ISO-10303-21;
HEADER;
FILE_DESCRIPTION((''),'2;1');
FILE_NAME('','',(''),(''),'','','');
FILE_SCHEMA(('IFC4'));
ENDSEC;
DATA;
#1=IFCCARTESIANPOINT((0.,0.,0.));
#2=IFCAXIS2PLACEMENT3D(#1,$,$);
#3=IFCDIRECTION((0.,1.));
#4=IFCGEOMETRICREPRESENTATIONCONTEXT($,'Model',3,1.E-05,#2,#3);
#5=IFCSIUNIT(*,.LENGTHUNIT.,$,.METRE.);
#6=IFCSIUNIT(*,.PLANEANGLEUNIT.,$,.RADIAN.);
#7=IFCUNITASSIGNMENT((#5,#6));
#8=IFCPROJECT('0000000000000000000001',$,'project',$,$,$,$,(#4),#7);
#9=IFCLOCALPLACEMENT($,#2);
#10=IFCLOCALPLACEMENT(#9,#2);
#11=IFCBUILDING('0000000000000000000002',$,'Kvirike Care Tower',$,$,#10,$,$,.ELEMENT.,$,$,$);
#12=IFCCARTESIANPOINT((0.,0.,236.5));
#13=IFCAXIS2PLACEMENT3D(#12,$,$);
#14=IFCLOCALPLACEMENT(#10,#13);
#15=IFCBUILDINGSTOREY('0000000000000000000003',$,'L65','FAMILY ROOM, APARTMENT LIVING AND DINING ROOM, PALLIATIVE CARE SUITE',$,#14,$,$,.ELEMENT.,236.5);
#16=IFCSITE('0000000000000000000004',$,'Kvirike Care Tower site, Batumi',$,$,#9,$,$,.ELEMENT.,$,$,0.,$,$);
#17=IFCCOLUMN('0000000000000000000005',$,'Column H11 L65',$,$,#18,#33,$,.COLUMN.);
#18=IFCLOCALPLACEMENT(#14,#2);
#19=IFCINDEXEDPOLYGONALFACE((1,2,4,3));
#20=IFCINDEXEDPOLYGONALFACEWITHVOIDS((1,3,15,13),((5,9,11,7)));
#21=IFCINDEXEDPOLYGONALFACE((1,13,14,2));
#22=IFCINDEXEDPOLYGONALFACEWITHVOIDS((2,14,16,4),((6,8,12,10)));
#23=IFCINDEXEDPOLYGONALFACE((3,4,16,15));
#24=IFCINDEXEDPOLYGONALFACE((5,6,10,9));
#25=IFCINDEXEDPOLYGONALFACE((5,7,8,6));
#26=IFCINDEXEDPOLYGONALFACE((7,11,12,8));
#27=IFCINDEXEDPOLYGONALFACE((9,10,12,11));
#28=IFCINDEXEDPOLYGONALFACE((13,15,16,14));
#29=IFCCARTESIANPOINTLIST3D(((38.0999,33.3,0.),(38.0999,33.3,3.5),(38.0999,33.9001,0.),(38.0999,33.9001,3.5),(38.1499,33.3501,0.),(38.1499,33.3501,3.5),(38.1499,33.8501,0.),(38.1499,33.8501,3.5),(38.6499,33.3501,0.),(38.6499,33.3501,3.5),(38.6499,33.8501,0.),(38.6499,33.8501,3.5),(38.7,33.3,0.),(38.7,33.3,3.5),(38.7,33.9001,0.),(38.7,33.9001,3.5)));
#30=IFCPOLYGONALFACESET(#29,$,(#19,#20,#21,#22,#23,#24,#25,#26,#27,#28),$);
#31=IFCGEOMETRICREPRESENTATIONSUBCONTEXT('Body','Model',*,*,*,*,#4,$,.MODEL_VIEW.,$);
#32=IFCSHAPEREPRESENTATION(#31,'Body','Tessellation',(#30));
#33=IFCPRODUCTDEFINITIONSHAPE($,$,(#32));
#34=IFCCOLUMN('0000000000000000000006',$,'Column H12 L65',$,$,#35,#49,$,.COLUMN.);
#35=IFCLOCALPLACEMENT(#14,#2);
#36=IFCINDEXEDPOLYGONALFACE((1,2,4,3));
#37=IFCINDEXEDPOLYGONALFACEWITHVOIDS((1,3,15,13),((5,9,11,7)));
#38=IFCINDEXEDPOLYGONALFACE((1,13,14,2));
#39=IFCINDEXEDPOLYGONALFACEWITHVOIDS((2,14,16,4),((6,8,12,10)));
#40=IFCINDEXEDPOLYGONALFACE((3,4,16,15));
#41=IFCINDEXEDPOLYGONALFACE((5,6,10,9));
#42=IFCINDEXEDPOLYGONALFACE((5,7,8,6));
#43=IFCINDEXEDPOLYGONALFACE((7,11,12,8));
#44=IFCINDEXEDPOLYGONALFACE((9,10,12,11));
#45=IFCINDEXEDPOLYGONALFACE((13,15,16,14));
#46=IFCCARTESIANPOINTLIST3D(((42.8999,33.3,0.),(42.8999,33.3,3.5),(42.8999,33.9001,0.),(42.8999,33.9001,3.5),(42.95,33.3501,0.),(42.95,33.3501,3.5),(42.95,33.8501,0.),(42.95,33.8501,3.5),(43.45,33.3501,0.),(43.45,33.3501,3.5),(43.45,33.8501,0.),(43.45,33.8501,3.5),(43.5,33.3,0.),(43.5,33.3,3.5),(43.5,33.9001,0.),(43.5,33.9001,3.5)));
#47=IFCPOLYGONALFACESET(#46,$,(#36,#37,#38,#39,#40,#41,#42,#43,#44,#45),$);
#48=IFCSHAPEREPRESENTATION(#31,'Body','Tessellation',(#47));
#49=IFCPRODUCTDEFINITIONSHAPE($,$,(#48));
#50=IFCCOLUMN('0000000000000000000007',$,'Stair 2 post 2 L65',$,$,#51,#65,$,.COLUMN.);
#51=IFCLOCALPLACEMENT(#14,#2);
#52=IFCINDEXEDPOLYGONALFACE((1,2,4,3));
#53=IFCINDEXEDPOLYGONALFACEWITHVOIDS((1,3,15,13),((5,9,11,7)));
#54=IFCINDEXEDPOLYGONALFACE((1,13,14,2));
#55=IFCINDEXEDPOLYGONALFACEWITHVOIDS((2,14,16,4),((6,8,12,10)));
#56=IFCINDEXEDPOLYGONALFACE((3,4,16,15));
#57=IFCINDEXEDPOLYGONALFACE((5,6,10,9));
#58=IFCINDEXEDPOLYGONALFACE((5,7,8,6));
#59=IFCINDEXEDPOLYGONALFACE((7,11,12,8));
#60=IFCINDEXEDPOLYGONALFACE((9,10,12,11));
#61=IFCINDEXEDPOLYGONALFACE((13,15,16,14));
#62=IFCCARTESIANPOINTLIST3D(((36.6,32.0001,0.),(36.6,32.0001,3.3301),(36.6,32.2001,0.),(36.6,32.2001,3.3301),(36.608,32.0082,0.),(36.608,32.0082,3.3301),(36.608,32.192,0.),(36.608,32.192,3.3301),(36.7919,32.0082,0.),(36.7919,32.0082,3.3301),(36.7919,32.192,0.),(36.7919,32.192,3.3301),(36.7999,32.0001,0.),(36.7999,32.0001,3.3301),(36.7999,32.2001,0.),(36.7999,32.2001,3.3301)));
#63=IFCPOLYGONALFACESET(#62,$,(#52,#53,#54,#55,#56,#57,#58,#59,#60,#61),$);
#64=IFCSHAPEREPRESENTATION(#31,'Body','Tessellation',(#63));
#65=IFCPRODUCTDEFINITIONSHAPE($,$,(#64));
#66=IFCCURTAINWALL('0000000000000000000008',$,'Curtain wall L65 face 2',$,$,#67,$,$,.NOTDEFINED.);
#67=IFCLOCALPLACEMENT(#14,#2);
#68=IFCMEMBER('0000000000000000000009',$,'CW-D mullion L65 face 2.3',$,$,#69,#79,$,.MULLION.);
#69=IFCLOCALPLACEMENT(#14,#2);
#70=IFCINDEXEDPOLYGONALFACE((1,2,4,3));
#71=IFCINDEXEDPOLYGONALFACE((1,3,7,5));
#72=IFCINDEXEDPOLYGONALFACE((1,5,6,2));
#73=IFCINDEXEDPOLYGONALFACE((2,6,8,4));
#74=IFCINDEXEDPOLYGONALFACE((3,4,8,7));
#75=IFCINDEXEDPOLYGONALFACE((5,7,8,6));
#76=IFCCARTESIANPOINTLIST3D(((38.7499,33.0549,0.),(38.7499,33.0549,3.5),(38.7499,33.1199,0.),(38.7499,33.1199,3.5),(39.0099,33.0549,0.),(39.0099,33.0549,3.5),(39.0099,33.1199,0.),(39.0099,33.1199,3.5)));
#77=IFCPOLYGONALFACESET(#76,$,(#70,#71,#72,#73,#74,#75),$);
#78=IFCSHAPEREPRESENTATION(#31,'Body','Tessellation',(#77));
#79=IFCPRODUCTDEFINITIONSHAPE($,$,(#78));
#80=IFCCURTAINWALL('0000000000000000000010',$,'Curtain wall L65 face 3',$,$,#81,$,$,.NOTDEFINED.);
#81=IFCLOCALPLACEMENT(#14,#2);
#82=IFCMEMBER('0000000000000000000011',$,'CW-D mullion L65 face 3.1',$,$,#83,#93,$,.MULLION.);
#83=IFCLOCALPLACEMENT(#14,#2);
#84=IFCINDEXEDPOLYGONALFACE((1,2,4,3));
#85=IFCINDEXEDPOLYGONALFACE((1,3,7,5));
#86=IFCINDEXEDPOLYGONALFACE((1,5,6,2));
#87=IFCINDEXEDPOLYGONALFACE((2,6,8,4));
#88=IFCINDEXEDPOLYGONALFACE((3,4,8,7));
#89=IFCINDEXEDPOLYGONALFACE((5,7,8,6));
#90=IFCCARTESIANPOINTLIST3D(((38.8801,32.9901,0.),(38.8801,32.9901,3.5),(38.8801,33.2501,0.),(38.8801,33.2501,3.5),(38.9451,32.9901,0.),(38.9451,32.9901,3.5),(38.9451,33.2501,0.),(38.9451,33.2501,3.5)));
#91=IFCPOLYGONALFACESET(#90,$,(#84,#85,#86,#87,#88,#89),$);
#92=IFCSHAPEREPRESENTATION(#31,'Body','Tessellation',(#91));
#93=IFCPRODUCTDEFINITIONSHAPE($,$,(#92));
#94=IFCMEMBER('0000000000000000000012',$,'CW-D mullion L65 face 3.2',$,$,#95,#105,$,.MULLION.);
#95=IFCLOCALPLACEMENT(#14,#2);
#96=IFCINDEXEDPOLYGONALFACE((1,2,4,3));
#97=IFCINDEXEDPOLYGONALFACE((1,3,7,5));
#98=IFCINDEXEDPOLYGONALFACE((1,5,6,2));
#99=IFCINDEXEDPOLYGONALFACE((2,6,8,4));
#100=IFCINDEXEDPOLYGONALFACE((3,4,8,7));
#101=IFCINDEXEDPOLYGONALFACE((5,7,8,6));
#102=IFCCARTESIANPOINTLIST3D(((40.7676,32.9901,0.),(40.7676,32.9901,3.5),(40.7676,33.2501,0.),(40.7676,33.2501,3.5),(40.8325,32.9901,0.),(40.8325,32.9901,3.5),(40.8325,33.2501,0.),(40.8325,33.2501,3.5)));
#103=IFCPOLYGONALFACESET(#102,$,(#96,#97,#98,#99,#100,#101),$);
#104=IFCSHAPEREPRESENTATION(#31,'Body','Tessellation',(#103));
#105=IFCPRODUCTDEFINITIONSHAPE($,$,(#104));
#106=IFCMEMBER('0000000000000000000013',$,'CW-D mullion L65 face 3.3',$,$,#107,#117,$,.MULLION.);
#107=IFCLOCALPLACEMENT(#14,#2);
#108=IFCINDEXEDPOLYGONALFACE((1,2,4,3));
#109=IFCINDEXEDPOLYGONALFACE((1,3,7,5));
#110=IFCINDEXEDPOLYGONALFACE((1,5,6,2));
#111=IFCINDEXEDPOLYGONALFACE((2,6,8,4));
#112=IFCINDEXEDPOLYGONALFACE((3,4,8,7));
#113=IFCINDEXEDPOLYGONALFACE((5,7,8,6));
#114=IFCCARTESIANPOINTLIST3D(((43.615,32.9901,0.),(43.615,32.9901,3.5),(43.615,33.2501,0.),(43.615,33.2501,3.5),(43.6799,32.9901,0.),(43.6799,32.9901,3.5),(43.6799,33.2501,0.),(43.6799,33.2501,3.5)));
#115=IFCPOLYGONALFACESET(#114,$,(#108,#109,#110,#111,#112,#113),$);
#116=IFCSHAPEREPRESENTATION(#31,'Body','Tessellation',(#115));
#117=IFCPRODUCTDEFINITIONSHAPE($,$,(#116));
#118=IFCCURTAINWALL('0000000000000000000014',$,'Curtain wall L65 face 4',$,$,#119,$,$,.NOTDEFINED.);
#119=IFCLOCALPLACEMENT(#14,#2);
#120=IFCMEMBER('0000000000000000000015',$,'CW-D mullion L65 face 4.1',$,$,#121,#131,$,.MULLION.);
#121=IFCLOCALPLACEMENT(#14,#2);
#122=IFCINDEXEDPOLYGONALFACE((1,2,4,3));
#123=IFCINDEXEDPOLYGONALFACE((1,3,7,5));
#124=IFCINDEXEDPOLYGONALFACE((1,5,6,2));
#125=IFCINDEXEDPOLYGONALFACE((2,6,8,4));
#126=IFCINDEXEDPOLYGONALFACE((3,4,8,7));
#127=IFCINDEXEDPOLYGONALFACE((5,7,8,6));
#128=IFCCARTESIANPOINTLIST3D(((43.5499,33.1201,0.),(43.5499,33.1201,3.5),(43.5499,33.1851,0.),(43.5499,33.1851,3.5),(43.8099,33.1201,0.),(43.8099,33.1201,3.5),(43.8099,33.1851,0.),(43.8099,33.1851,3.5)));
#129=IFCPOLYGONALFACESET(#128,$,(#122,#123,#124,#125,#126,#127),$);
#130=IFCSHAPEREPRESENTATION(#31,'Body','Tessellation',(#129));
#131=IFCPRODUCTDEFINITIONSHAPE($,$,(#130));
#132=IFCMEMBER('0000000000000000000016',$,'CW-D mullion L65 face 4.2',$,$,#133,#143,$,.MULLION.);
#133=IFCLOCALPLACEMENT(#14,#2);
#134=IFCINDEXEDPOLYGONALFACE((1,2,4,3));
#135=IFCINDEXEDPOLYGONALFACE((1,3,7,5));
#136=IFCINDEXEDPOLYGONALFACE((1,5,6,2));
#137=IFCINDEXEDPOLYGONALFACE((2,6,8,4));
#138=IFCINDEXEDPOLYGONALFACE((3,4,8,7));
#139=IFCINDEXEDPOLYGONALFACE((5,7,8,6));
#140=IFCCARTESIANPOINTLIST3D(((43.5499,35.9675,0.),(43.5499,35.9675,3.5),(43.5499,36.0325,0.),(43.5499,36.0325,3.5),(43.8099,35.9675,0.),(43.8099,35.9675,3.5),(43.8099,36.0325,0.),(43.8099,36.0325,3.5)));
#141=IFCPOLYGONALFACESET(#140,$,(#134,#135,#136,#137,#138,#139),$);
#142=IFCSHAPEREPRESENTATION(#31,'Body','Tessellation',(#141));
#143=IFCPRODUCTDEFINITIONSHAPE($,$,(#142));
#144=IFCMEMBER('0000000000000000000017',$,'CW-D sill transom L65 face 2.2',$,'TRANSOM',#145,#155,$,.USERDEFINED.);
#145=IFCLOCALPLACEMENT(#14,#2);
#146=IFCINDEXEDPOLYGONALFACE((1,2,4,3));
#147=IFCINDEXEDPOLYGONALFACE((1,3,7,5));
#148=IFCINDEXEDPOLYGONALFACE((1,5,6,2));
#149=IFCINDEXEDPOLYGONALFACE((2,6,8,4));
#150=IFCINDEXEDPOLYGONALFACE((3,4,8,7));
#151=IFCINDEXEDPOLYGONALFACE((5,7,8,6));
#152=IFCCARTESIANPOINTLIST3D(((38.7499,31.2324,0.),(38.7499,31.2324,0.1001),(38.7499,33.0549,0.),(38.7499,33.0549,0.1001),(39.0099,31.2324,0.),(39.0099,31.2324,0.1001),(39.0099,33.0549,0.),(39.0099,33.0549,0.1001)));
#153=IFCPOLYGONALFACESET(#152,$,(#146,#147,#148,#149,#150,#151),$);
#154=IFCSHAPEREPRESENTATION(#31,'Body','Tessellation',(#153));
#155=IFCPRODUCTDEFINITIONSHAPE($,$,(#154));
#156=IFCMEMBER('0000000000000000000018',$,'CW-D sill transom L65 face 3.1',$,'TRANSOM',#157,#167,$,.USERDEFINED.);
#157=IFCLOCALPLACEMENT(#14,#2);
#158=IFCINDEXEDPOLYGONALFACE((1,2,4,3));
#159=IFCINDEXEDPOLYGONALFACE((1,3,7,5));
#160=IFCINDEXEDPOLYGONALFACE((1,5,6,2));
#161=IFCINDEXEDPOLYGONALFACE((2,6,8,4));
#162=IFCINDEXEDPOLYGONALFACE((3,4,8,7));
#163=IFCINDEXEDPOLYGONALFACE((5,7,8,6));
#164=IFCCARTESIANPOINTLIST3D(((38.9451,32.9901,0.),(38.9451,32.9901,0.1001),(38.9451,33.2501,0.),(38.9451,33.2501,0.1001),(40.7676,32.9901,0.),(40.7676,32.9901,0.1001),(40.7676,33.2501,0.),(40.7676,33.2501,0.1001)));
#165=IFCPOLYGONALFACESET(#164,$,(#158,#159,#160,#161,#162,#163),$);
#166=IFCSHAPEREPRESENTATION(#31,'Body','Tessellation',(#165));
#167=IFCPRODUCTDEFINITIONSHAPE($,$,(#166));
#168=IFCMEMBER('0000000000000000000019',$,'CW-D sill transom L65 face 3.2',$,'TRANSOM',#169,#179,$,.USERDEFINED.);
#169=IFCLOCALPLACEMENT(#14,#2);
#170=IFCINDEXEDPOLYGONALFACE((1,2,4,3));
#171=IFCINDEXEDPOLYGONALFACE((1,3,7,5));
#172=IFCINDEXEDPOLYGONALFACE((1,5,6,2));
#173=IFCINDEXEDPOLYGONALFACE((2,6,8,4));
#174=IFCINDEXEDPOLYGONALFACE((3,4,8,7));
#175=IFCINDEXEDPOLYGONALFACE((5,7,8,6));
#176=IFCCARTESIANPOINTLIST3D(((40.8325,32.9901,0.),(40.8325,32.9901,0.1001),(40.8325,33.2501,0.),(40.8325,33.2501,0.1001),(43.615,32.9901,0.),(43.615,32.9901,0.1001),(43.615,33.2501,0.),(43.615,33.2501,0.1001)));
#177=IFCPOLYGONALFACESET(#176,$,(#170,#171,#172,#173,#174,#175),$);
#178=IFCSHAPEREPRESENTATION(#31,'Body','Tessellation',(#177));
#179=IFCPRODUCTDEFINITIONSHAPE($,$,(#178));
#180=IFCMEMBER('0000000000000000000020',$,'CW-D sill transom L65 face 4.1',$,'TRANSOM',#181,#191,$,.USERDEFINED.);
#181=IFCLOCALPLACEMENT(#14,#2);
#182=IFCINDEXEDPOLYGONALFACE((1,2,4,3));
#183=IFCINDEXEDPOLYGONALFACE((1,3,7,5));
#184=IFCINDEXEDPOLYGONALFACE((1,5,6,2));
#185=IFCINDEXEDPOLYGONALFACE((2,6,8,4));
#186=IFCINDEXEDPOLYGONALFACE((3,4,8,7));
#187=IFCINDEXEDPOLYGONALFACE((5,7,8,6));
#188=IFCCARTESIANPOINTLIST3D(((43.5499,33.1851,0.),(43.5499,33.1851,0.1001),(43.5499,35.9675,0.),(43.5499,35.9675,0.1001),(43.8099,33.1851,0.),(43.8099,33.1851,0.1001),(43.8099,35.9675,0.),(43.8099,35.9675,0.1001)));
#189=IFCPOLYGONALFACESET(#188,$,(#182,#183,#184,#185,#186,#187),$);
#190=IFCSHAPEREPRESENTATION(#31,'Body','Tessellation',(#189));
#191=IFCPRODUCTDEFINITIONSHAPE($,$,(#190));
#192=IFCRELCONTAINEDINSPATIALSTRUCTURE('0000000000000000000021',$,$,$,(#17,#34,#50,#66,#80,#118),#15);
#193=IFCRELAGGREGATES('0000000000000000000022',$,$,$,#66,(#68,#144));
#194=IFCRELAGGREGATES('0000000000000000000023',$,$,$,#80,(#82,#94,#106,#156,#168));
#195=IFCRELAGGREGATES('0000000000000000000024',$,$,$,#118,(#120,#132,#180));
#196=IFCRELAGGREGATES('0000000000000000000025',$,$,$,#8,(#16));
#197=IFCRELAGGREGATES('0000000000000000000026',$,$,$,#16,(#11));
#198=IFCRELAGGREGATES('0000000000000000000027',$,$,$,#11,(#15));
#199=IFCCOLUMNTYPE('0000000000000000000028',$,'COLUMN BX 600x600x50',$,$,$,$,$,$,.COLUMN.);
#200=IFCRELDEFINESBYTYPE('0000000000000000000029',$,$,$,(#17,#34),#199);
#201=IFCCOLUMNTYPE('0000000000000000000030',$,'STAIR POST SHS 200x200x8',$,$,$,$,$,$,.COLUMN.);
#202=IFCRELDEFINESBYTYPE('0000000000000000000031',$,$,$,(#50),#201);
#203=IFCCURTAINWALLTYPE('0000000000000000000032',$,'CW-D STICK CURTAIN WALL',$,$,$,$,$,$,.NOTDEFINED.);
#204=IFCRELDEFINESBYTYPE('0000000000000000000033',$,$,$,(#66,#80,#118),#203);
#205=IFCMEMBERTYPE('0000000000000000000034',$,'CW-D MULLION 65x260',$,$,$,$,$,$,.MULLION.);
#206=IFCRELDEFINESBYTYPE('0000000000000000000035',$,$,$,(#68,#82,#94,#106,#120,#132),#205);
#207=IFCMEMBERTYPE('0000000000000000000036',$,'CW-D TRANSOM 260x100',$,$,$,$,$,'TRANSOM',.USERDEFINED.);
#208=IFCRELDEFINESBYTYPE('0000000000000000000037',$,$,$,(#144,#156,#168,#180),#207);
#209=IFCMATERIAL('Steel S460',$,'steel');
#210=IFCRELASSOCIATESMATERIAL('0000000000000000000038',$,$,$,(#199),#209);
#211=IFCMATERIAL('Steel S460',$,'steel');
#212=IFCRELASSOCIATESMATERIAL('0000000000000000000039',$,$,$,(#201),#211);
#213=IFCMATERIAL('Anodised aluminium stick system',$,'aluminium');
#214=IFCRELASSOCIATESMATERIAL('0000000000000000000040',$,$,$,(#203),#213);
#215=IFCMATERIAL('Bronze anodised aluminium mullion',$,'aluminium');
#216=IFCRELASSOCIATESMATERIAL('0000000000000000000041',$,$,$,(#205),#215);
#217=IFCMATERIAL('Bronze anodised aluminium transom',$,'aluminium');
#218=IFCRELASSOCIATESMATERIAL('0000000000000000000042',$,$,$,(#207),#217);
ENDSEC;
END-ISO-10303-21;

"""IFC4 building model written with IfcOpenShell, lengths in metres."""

from ifc_helpers import new_model, si_unit, direction, frame, origin, origin_2d, place, context, subcontext, project, spatial, rectangle, hollow_rectangle, extrude, material, material_profile, profile_set, type_object, element, aggregate, save


model = new_model("IFC4")

# Units and contexts
model_context = context("Model", 3, precision=1e-05, world=origin(), true_north=direction((0.0, 1.0)))
body_context = subcontext(model_context, "Body", "Model", "MODEL_VIEW")
ifc_project = project(units=[si_unit("LENGTHUNIT", "METRE"), si_unit("PLANEANGLEUNIT", "RADIAN")], contexts=[model_context])

# Site, building, storey
site_placement = place(None, origin())
site = spatial("IfcSite", under=ifc_project, at=site_placement, Name="Kvirike Care Tower site, Batumi", CompositionType="ELEMENT", RefElevation=0.0)
building_placement = place(site_placement, origin())
building = spatial("IfcBuilding", under=site, at=building_placement, Name="Kvirike Care Tower", CompositionType="ELEMENT")
storey_placement = place(building_placement, frame((0.0, 0.0, 236.5)))
storey = spatial("IfcBuildingStorey", under=building, at=storey_placement, Name="L65", Description="FAMILY ROOM, APARTMENT LIVING AND DINING ROOM, PALLIATIVE CARE SUITE", CompositionType="ELEMENT", Elevation=236.5)

# Columns
ifc_material_1 = material(Name="Steel S460", Category="steel")
ifc_material_profile_1 = material_profile(ifc_material_1, hollow_rectangle(XDim=0.6001, YDim=0.6001, WallThickness=0.05, at=origin_2d()), Name="BX 600x600x50")
ifc_profile_set_1 = profile_set([ifc_material_profile_1], Name="Steel S460")
column_type_1 = type_object("IfcColumnType", Name="COLUMN BX 600x600x50", PredefinedType="COLUMN", material=ifc_profile_set_1)
for number, where, z_axis, x_axis, name in (
    (1, (38.3999, 33.6001, 0.0), (0.0, 0.0, 1.0), (0.0, 1.0, 0.0), "Column H11 L65"),
    (2, (43.2, 33.6001, 0.0), (0.0, 0.0, 1.0), (0.0, 1.0, 0.0), "Column H12 L65"),
):
    element("IfcColumn", number, at=place(storey_placement, frame(where, z_axis=z_axis, x_axis=x_axis)), inside=storey, type_object=column_type_1, Name=name, PredefinedType="COLUMN", context=body_context, shape_type="SweptSolid", body=[
        extrude(hollow_rectangle(XDim=0.6001, YDim=0.6001, WallThickness=0.05, at=origin_2d()), origin(), (0.0, 0.0, 1.0), 3.5),
    ])
ifc_material_2 = material(Name="Steel S460", Category="steel")
ifc_material_profile_2 = material_profile(ifc_material_2, hollow_rectangle(XDim=0.2, YDim=0.2, WallThickness=0.0081, at=origin_2d()), Name="SHS 200x200x8")
ifc_profile_set_2 = profile_set([ifc_material_profile_2], Name="Steel S460")
column_type_2 = type_object("IfcColumnType", Name="STAIR POST SHS 200x200x8", PredefinedType="COLUMN", material=ifc_profile_set_2)
column_placement = place(storey_placement, frame((36.7, 32.1001, 0.0), z_axis=(0.0, 0.0, 1.0), x_axis=(1.0, 0.0, 0.0)))
element("IfcColumn", 3, at=column_placement, inside=storey, type_object=column_type_2, Name="Stair 2 post 2 L65", PredefinedType="COLUMN", context=body_context, shape_type="SweptSolid", body=[
    extrude(hollow_rectangle(XDim=0.2, YDim=0.2, WallThickness=0.0081, at=origin_2d()), origin(), (0.0, 0.0, 1.0), 3.3301),
])

# Curtain wall, member
ifc_material_3 = material(Name="Anodised aluminium stick system", Category="aluminium")
curtain_wall_type = type_object("IfcCurtainWallType", Name="CW-D STICK CURTAIN WALL", PredefinedType="NOTDEFINED", material=ifc_material_3)
curtain_wall_1_placement = place(storey_placement, origin())
curtain_wall_1 = element("IfcCurtainWall", 4, at=curtain_wall_1_placement, inside=storey, type_object=curtain_wall_type, Name="Curtain wall L65 face 2", PredefinedType="NOTDEFINED")
ifc_material_4 = material(Name="Bronze anodised aluminium mullion", Category="aluminium")
ifc_material_profile_3 = material_profile(ifc_material_4, rectangle(XDim=0.0649, YDim=0.26, at=origin_2d()), Name="CW-D MULLION 65x260")
ifc_profile_set_3 = profile_set([ifc_material_profile_3], Name="Bronze anodised aluminium mullion")
member_type_1 = type_object("IfcMemberType", Name="CW-D MULLION 65x260", PredefinedType="MULLION", material=ifc_profile_set_3)
member_1_placement = place(storey_placement, frame((38.8799, 33.0874, 0.0), z_axis=(0.0, 0.0, 1.0), x_axis=(0.0, 1.0, 0.0)))
member_1 = element("IfcMember", 5, at=member_1_placement, type_object=member_type_1, Name="CW-D mullion L65 face 2.3", PredefinedType="MULLION", context=body_context, shape_type="SweptSolid", body=[
    extrude(rectangle(XDim=0.0649, YDim=0.26, at=origin_2d()), origin(), (0.0, 0.0, 1.0), 3.5),
])

# Curtain walls, members
curtain_wall_2_placement = place(storey_placement, origin())
curtain_wall_2 = element("IfcCurtainWall", 6, at=curtain_wall_2_placement, inside=storey, type_object=curtain_wall_type, Name="Curtain wall L65 face 3", PredefinedType="NOTDEFINED")
member_2_placement = place(storey_placement, frame((38.9126, 33.1201, 0.0), z_axis=(0.0, 0.0, 1.0), x_axis=(1.0, 0.0, 0.0)))
member_2 = element("IfcMember", 7, at=member_2_placement, type_object=member_type_1, Name="CW-D mullion L65 face 3.1", PredefinedType="MULLION", context=body_context, shape_type="SweptSolid", body=[
    extrude(rectangle(XDim=0.0649, YDim=0.26, at=origin_2d()), origin(), (0.0, 0.0, 1.0), 3.5),
])
member_3_placement = place(storey_placement, frame((40.8, 33.1201, 0.0), z_axis=(0.0, 0.0, 1.0), x_axis=(1.0, 0.0, 0.0)))
member_3 = element("IfcMember", 8, at=member_3_placement, type_object=member_type_1, Name="CW-D mullion L65 face 3.2", PredefinedType="MULLION", context=body_context, shape_type="SweptSolid", body=[
    extrude(rectangle(XDim=0.0649, YDim=0.26, at=origin_2d()), origin(), (0.0, 0.0, 1.0), 3.5),
])
member_4_placement = place(storey_placement, frame((43.6475, 33.1201, 0.0), z_axis=(0.0, 0.0, 1.0), x_axis=(1.0, 0.0, 0.0)))
member_4 = element("IfcMember", 9, at=member_4_placement, type_object=member_type_1, Name="CW-D mullion L65 face 3.3", PredefinedType="MULLION", context=body_context, shape_type="SweptSolid", body=[
    extrude(rectangle(XDim=0.0649, YDim=0.26, at=origin_2d()), origin(), (0.0, 0.0, 1.0), 3.5),
])
curtain_wall_3_placement = place(storey_placement, origin())
curtain_wall_3 = element("IfcCurtainWall", 10, at=curtain_wall_3_placement, inside=storey, type_object=curtain_wall_type, Name="Curtain wall L65 face 4", PredefinedType="NOTDEFINED")
member_5_placement = place(storey_placement, frame((43.6799, 33.1526, 0.0), z_axis=(0.0, 0.0, 1.0), x_axis=(0.0, 1.0, 0.0)))
member_5 = element("IfcMember", 11, at=member_5_placement, type_object=member_type_1, Name="CW-D mullion L65 face 4.1", PredefinedType="MULLION", context=body_context, shape_type="SweptSolid", body=[
    extrude(rectangle(XDim=0.0649, YDim=0.26, at=origin_2d()), origin(), (0.0, 0.0, 1.0), 3.5),
])
member_6_placement = place(storey_placement, frame((43.6799, 36.0, 0.0), z_axis=(0.0, 0.0, 1.0), x_axis=(0.0, 1.0, 0.0)))
member_6 = element("IfcMember", 12, at=member_6_placement, type_object=member_type_1, Name="CW-D mullion L65 face 4.2", PredefinedType="MULLION", context=body_context, shape_type="SweptSolid", body=[
    extrude(rectangle(XDim=0.0649, YDim=0.26, at=origin_2d()), origin(), (0.0, 0.0, 1.0), 3.5),
])

# Members
ifc_material_5 = material(Name="Bronze anodised aluminium transom", Category="aluminium")
ifc_material_profile_4 = material_profile(ifc_material_5, rectangle(XDim=0.26, YDim=0.1001, at=origin_2d()), Name="CW-D TRANSOM 260x100")
ifc_profile_set_4 = profile_set([ifc_material_profile_4], Name="Bronze anodised aluminium transom")
member_type_2 = type_object("IfcMemberType", Name="CW-D TRANSOM 260x100", ElementType="TRANSOM", PredefinedType="USERDEFINED", material=ifc_profile_set_4)
member_7_placement = place(storey_placement, frame((38.8799, 31.2324, 0.05), z_axis=(0.0, 1.0, 0.0), x_axis=(-1.0, 0.0, 0.0)))
member_7 = element("IfcMember", 13, at=member_7_placement, type_object=member_type_2, Name="CW-D sill transom L65 face 2.2", ObjectType="TRANSOM", PredefinedType="USERDEFINED", context=body_context, shape_type="SweptSolid", body=[
    extrude(rectangle(XDim=0.26, YDim=0.1001, at=origin_2d()), origin(), (0.0, 0.0, 1.0), 1.8225),
])
member_8_placement = place(storey_placement, frame((38.9451, 33.1201, 0.05), z_axis=(1.0, 0.0, 0.0), x_axis=(0.0, 1.0, 0.0)))
member_8 = element("IfcMember", 14, at=member_8_placement, type_object=member_type_2, Name="CW-D sill transom L65 face 3.1", ObjectType="TRANSOM", PredefinedType="USERDEFINED", context=body_context, shape_type="SweptSolid", body=[
    extrude(rectangle(XDim=0.26, YDim=0.1001, at=origin_2d()), origin(), (0.0, 0.0, 1.0), 1.8225),
])
member_9_placement = place(storey_placement, frame((40.8325, 33.1201, 0.05), z_axis=(1.0, 0.0, 0.0), x_axis=(0.0, 1.0, 0.0)))
member_9 = element("IfcMember", 15, at=member_9_placement, type_object=member_type_2, Name="CW-D sill transom L65 face 3.2", ObjectType="TRANSOM", PredefinedType="USERDEFINED", context=body_context, shape_type="SweptSolid", body=[
    extrude(rectangle(XDim=0.26, YDim=0.1001, at=origin_2d()), origin(), (0.0, 0.0, 1.0), 2.7825),
])
member_10_placement = place(storey_placement, frame((43.6799, 33.1851, 0.05), z_axis=(0.0, 1.0, 0.0), x_axis=(-1.0, 0.0, 0.0)))
member_10 = element("IfcMember", 16, at=member_10_placement, type_object=member_type_2, Name="CW-D sill transom L65 face 4.1", ObjectType="TRANSOM", PredefinedType="USERDEFINED", context=body_context, shape_type="SweptSolid", body=[
    extrude(rectangle(XDim=0.26, YDim=0.1001, at=origin_2d()), origin(), (0.0, 0.0, 1.0), 2.7825),
])

aggregate(curtain_wall_1, [member_1, member_7])
aggregate(curtain_wall_2, [member_2, member_3, member_4, member_8, member_9])
aggregate(curtain_wall_3, [member_5, member_6, member_10])

save(model, "model.ifc")
